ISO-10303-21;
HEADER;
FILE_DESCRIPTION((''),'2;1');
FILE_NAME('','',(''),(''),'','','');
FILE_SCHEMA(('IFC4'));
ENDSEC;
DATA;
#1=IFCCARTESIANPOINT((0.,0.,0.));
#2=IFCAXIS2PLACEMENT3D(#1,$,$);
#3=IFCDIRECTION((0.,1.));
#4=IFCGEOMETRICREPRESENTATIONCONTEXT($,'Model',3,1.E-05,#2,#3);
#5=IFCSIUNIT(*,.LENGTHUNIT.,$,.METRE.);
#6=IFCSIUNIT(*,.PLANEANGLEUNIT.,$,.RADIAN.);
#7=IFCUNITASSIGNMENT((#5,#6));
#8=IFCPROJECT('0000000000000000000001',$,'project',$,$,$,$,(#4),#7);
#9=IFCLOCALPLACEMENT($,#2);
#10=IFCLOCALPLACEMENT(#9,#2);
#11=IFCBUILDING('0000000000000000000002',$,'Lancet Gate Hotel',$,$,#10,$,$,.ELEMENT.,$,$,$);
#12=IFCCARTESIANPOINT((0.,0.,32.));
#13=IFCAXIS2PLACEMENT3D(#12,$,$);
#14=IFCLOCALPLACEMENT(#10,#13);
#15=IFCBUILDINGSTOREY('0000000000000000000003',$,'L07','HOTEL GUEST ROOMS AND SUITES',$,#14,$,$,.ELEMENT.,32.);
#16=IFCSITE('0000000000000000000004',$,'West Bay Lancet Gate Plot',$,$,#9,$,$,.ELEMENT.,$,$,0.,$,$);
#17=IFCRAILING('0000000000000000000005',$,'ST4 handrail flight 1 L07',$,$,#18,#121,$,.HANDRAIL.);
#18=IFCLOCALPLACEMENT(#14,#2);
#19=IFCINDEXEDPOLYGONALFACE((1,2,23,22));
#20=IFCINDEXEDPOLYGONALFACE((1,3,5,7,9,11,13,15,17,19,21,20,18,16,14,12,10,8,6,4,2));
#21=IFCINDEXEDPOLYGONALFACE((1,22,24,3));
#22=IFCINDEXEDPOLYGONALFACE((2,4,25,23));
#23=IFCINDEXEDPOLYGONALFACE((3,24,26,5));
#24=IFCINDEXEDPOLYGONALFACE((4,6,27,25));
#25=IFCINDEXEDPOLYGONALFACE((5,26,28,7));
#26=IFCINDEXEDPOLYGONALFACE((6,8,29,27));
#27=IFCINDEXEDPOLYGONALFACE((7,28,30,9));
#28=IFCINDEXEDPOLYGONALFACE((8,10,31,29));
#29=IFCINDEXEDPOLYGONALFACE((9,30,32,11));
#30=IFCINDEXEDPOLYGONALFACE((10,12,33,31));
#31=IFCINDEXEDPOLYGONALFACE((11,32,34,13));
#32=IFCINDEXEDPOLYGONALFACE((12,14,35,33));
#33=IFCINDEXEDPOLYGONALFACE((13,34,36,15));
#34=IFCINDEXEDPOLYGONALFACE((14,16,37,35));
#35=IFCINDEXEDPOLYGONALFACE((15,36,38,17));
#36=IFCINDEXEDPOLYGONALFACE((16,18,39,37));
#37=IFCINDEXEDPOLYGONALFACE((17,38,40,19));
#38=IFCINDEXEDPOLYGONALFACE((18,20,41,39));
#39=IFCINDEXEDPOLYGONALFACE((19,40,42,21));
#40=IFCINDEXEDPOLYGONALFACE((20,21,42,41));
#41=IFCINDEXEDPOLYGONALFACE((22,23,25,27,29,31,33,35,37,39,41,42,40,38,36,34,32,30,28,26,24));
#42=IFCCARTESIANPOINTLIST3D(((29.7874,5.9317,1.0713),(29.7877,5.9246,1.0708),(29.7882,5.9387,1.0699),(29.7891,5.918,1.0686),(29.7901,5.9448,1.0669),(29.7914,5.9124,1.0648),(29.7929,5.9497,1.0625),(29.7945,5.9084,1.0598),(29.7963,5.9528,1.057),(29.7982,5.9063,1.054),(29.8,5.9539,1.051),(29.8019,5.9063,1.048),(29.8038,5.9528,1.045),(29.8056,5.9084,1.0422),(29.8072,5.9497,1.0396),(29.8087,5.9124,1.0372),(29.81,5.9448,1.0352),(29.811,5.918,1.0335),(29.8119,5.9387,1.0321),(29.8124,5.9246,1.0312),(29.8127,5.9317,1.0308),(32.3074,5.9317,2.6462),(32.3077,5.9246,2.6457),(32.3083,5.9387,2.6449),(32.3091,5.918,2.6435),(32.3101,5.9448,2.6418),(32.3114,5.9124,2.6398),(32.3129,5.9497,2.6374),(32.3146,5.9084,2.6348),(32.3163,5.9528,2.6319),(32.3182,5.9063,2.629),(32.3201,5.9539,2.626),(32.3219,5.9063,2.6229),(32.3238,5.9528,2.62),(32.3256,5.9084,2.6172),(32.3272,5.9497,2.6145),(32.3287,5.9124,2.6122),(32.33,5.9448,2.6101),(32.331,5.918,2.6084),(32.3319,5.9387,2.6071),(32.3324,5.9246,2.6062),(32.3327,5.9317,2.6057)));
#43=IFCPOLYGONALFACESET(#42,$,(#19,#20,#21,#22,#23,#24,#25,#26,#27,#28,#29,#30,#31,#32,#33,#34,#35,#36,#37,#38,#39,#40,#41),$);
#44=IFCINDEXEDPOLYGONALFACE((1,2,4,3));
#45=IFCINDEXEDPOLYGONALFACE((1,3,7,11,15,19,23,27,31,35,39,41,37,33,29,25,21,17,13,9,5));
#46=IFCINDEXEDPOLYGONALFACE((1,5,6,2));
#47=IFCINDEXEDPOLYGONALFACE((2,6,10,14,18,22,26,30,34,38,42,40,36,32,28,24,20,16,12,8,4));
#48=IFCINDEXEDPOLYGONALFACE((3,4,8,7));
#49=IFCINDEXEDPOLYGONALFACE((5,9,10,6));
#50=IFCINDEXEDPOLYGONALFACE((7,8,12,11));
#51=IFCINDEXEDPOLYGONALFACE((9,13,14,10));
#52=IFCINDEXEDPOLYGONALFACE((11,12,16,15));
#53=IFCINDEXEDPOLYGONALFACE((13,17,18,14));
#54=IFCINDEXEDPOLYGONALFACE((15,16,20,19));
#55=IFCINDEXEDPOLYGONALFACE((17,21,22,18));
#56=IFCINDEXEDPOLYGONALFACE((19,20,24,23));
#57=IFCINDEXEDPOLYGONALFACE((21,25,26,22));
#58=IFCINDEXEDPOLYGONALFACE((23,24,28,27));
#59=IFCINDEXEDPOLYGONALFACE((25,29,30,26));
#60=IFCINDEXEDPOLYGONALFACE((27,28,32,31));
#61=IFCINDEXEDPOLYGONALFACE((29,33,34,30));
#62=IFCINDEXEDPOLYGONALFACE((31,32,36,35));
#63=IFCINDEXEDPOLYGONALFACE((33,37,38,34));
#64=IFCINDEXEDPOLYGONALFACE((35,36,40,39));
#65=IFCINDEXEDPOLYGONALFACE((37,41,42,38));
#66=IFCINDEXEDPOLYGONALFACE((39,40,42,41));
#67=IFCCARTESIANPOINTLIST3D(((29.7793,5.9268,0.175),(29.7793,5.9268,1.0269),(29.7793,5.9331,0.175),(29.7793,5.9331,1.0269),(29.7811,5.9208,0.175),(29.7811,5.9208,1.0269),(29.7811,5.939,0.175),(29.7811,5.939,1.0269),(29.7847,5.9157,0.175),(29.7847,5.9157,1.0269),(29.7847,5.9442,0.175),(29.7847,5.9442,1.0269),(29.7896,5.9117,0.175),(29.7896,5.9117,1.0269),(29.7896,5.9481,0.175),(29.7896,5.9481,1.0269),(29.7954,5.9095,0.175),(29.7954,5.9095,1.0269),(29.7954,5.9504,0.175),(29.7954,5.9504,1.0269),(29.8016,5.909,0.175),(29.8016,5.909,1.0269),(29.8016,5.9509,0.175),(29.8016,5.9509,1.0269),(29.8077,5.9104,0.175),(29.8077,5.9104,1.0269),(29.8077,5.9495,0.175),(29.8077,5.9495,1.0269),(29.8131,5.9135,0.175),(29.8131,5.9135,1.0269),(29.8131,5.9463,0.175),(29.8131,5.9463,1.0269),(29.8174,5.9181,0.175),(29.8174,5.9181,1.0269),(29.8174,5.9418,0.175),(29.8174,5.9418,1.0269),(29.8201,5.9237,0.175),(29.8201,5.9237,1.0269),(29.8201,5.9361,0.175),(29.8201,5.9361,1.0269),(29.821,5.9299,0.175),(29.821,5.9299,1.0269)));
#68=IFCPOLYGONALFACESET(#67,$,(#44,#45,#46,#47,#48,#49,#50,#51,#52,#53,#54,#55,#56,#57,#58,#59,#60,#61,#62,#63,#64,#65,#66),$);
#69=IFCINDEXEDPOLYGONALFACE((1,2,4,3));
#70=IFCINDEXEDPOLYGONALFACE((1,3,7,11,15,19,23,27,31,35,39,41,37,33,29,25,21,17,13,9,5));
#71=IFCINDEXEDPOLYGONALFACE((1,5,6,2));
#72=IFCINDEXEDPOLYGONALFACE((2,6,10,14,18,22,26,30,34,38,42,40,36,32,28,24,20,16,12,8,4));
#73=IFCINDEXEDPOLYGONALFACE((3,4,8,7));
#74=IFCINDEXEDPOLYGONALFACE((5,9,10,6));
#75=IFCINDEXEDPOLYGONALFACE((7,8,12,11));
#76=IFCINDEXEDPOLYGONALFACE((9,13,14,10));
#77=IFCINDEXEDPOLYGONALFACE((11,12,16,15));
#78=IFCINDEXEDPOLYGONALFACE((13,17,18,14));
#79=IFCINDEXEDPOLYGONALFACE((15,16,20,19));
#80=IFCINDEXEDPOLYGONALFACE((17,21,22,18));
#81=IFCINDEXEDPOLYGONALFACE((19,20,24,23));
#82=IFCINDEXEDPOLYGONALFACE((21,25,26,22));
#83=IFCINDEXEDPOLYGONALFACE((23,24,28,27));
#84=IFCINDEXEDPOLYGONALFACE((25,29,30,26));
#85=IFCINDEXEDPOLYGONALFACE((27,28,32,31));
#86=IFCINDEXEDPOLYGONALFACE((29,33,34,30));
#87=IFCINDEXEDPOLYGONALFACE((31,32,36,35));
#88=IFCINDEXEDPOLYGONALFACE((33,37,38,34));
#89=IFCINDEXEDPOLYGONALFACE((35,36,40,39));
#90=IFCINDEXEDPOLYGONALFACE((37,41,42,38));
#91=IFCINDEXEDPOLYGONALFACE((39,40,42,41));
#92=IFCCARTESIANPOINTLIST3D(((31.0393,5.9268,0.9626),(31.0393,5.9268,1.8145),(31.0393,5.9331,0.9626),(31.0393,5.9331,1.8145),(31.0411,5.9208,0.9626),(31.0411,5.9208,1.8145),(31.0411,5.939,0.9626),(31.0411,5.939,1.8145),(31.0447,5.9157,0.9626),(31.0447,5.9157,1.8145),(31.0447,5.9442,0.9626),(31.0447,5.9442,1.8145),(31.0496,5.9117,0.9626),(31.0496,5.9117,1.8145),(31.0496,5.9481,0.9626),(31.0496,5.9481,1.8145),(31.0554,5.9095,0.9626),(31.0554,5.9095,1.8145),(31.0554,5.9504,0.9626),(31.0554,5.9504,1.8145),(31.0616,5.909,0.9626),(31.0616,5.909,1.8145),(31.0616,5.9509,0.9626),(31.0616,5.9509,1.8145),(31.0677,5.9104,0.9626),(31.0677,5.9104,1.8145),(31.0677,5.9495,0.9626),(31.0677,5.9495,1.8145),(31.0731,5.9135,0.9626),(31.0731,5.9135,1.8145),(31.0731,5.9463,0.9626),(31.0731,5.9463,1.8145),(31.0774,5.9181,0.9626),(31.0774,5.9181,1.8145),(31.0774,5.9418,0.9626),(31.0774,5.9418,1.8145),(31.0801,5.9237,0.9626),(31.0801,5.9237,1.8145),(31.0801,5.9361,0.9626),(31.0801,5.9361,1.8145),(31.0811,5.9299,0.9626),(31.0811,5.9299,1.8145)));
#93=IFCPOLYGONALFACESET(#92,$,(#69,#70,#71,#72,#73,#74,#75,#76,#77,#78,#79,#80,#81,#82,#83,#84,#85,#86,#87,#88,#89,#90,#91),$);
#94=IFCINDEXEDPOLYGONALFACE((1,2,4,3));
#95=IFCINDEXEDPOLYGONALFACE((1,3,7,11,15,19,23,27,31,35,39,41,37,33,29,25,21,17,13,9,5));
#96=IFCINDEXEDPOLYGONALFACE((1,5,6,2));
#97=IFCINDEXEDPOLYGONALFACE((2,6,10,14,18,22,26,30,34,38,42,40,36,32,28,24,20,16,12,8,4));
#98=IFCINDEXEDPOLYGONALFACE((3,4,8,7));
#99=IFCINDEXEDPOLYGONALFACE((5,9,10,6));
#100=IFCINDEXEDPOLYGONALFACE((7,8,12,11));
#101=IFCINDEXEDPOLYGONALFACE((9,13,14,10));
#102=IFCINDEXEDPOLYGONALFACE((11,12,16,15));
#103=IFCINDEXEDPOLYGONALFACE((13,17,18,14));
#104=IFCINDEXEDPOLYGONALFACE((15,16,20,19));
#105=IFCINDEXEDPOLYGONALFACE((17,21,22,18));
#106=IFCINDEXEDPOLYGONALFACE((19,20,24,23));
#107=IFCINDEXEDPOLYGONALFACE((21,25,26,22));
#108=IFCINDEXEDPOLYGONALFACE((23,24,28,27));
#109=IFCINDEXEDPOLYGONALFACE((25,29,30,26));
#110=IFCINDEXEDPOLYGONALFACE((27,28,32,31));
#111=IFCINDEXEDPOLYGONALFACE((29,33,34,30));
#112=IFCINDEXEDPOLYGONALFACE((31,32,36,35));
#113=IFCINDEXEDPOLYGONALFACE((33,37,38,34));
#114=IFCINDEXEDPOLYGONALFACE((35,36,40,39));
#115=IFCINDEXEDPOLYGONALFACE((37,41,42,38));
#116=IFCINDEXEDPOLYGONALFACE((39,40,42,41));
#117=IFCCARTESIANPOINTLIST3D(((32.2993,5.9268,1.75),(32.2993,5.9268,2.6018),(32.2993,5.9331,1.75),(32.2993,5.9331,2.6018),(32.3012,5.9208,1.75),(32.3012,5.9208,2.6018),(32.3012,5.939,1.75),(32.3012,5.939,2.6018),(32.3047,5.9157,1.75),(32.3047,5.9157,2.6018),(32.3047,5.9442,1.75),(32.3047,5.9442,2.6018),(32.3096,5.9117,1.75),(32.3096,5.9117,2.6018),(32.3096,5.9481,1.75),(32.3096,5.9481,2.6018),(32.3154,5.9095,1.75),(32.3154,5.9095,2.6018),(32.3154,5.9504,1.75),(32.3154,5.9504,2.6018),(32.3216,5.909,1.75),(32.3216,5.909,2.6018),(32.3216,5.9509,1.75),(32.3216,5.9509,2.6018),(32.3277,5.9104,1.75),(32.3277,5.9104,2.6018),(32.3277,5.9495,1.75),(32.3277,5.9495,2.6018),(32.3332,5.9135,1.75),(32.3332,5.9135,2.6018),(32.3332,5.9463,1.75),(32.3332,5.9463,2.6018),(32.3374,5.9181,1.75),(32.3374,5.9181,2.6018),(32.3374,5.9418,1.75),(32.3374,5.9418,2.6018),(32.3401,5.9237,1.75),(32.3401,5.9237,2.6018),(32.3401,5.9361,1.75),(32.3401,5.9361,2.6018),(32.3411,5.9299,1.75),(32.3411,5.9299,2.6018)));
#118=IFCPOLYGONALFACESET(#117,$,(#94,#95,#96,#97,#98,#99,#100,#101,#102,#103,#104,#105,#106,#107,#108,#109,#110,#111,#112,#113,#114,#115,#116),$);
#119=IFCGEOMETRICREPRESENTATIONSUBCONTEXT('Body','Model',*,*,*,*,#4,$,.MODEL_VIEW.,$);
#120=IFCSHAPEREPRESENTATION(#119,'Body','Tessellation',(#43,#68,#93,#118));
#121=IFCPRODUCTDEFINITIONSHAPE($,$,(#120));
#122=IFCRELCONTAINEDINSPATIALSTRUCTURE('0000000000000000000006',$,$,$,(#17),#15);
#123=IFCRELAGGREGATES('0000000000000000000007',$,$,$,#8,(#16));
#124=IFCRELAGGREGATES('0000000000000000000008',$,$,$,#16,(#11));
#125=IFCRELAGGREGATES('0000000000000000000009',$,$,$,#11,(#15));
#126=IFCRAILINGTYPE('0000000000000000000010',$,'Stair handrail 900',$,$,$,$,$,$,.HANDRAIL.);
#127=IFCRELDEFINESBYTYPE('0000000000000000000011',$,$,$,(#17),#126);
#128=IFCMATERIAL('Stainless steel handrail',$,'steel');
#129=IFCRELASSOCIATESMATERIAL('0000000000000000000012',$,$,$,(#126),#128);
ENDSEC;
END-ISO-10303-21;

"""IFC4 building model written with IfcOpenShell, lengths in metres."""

from ifc_helpers import new_model, si_unit, direction, frame, origin, origin_2d, place, context, subcontext, project, spatial, circle, extrude, material, type_object, element, save


model = new_model("IFC4")

# Units and contexts
model_context = context("Model", 3, precision=1e-05, world=origin(), true_north=direction((0.0, 1.0)))
body_context = subcontext(model_context, "Body", "Model", "MODEL_VIEW")
ifc_project = project(units=[si_unit("LENGTHUNIT", "METRE"), si_unit("PLANEANGLEUNIT", "RADIAN")], contexts=[model_context])

# Site, building, storey
site_placement = place(None, origin())
site = spatial("IfcSite", under=ifc_project, at=site_placement, Name="West Bay Lancet Gate Plot", CompositionType="ELEMENT", RefElevation=0.0)
building_placement = place(site_placement, origin())
building = spatial("IfcBuilding", under=site, at=building_placement, Name="Lancet Gate Hotel", CompositionType="ELEMENT")
storey_placement = place(building_placement, frame((0.0, 0.0, 32.0)))
storey = spatial("IfcBuildingStorey", under=building, at=storey_placement, Name="L07", Description="HOTEL GUEST ROOMS AND SUITES", CompositionType="ELEMENT", Elevation=32.0)

# Railing
ifc_material_1 = material(Name="Stainless steel handrail", Category="steel")
railing_type = type_object("IfcRailingType", Name="Stair handrail 900", PredefinedType="HANDRAIL", material=ifc_material_1)
railing_1_placement = place(storey_placement, frame((29.8, 5.9299, 0.175)))
element("IfcRailing", 1, at=railing_1_placement, inside=storey, type_object=railing_type, Name="ST4 handrail flight 1 L07", PredefinedType="HANDRAIL", context=body_context, shape_type="SweptSolid", body=[
    extrude(circle(Radius=0.0239, at=origin_2d()), frame((0.0, 0.0, 0.876), z_axis=(0.848008, 0.0, 0.529984), x_axis=(0.0, 1.0, 0.0)), (0.0, 0.0, 1.0), 2.9717),
    extrude(circle(Radius=0.021, at=origin_2d()), origin(), (0.0, 0.0, 1.0), 0.8518),
    extrude(circle(Radius=0.021, at=origin_2d()), frame((1.26, 0.0, 0.7876)), (0.0, 0.0, 1.0), 0.8518),
    extrude(circle(Radius=0.021, at=origin_2d()), frame((2.52, 0.0, 1.575)), (0.0, 0.0, 1.0), 0.8518),
])

save(model, "model.ifc")
